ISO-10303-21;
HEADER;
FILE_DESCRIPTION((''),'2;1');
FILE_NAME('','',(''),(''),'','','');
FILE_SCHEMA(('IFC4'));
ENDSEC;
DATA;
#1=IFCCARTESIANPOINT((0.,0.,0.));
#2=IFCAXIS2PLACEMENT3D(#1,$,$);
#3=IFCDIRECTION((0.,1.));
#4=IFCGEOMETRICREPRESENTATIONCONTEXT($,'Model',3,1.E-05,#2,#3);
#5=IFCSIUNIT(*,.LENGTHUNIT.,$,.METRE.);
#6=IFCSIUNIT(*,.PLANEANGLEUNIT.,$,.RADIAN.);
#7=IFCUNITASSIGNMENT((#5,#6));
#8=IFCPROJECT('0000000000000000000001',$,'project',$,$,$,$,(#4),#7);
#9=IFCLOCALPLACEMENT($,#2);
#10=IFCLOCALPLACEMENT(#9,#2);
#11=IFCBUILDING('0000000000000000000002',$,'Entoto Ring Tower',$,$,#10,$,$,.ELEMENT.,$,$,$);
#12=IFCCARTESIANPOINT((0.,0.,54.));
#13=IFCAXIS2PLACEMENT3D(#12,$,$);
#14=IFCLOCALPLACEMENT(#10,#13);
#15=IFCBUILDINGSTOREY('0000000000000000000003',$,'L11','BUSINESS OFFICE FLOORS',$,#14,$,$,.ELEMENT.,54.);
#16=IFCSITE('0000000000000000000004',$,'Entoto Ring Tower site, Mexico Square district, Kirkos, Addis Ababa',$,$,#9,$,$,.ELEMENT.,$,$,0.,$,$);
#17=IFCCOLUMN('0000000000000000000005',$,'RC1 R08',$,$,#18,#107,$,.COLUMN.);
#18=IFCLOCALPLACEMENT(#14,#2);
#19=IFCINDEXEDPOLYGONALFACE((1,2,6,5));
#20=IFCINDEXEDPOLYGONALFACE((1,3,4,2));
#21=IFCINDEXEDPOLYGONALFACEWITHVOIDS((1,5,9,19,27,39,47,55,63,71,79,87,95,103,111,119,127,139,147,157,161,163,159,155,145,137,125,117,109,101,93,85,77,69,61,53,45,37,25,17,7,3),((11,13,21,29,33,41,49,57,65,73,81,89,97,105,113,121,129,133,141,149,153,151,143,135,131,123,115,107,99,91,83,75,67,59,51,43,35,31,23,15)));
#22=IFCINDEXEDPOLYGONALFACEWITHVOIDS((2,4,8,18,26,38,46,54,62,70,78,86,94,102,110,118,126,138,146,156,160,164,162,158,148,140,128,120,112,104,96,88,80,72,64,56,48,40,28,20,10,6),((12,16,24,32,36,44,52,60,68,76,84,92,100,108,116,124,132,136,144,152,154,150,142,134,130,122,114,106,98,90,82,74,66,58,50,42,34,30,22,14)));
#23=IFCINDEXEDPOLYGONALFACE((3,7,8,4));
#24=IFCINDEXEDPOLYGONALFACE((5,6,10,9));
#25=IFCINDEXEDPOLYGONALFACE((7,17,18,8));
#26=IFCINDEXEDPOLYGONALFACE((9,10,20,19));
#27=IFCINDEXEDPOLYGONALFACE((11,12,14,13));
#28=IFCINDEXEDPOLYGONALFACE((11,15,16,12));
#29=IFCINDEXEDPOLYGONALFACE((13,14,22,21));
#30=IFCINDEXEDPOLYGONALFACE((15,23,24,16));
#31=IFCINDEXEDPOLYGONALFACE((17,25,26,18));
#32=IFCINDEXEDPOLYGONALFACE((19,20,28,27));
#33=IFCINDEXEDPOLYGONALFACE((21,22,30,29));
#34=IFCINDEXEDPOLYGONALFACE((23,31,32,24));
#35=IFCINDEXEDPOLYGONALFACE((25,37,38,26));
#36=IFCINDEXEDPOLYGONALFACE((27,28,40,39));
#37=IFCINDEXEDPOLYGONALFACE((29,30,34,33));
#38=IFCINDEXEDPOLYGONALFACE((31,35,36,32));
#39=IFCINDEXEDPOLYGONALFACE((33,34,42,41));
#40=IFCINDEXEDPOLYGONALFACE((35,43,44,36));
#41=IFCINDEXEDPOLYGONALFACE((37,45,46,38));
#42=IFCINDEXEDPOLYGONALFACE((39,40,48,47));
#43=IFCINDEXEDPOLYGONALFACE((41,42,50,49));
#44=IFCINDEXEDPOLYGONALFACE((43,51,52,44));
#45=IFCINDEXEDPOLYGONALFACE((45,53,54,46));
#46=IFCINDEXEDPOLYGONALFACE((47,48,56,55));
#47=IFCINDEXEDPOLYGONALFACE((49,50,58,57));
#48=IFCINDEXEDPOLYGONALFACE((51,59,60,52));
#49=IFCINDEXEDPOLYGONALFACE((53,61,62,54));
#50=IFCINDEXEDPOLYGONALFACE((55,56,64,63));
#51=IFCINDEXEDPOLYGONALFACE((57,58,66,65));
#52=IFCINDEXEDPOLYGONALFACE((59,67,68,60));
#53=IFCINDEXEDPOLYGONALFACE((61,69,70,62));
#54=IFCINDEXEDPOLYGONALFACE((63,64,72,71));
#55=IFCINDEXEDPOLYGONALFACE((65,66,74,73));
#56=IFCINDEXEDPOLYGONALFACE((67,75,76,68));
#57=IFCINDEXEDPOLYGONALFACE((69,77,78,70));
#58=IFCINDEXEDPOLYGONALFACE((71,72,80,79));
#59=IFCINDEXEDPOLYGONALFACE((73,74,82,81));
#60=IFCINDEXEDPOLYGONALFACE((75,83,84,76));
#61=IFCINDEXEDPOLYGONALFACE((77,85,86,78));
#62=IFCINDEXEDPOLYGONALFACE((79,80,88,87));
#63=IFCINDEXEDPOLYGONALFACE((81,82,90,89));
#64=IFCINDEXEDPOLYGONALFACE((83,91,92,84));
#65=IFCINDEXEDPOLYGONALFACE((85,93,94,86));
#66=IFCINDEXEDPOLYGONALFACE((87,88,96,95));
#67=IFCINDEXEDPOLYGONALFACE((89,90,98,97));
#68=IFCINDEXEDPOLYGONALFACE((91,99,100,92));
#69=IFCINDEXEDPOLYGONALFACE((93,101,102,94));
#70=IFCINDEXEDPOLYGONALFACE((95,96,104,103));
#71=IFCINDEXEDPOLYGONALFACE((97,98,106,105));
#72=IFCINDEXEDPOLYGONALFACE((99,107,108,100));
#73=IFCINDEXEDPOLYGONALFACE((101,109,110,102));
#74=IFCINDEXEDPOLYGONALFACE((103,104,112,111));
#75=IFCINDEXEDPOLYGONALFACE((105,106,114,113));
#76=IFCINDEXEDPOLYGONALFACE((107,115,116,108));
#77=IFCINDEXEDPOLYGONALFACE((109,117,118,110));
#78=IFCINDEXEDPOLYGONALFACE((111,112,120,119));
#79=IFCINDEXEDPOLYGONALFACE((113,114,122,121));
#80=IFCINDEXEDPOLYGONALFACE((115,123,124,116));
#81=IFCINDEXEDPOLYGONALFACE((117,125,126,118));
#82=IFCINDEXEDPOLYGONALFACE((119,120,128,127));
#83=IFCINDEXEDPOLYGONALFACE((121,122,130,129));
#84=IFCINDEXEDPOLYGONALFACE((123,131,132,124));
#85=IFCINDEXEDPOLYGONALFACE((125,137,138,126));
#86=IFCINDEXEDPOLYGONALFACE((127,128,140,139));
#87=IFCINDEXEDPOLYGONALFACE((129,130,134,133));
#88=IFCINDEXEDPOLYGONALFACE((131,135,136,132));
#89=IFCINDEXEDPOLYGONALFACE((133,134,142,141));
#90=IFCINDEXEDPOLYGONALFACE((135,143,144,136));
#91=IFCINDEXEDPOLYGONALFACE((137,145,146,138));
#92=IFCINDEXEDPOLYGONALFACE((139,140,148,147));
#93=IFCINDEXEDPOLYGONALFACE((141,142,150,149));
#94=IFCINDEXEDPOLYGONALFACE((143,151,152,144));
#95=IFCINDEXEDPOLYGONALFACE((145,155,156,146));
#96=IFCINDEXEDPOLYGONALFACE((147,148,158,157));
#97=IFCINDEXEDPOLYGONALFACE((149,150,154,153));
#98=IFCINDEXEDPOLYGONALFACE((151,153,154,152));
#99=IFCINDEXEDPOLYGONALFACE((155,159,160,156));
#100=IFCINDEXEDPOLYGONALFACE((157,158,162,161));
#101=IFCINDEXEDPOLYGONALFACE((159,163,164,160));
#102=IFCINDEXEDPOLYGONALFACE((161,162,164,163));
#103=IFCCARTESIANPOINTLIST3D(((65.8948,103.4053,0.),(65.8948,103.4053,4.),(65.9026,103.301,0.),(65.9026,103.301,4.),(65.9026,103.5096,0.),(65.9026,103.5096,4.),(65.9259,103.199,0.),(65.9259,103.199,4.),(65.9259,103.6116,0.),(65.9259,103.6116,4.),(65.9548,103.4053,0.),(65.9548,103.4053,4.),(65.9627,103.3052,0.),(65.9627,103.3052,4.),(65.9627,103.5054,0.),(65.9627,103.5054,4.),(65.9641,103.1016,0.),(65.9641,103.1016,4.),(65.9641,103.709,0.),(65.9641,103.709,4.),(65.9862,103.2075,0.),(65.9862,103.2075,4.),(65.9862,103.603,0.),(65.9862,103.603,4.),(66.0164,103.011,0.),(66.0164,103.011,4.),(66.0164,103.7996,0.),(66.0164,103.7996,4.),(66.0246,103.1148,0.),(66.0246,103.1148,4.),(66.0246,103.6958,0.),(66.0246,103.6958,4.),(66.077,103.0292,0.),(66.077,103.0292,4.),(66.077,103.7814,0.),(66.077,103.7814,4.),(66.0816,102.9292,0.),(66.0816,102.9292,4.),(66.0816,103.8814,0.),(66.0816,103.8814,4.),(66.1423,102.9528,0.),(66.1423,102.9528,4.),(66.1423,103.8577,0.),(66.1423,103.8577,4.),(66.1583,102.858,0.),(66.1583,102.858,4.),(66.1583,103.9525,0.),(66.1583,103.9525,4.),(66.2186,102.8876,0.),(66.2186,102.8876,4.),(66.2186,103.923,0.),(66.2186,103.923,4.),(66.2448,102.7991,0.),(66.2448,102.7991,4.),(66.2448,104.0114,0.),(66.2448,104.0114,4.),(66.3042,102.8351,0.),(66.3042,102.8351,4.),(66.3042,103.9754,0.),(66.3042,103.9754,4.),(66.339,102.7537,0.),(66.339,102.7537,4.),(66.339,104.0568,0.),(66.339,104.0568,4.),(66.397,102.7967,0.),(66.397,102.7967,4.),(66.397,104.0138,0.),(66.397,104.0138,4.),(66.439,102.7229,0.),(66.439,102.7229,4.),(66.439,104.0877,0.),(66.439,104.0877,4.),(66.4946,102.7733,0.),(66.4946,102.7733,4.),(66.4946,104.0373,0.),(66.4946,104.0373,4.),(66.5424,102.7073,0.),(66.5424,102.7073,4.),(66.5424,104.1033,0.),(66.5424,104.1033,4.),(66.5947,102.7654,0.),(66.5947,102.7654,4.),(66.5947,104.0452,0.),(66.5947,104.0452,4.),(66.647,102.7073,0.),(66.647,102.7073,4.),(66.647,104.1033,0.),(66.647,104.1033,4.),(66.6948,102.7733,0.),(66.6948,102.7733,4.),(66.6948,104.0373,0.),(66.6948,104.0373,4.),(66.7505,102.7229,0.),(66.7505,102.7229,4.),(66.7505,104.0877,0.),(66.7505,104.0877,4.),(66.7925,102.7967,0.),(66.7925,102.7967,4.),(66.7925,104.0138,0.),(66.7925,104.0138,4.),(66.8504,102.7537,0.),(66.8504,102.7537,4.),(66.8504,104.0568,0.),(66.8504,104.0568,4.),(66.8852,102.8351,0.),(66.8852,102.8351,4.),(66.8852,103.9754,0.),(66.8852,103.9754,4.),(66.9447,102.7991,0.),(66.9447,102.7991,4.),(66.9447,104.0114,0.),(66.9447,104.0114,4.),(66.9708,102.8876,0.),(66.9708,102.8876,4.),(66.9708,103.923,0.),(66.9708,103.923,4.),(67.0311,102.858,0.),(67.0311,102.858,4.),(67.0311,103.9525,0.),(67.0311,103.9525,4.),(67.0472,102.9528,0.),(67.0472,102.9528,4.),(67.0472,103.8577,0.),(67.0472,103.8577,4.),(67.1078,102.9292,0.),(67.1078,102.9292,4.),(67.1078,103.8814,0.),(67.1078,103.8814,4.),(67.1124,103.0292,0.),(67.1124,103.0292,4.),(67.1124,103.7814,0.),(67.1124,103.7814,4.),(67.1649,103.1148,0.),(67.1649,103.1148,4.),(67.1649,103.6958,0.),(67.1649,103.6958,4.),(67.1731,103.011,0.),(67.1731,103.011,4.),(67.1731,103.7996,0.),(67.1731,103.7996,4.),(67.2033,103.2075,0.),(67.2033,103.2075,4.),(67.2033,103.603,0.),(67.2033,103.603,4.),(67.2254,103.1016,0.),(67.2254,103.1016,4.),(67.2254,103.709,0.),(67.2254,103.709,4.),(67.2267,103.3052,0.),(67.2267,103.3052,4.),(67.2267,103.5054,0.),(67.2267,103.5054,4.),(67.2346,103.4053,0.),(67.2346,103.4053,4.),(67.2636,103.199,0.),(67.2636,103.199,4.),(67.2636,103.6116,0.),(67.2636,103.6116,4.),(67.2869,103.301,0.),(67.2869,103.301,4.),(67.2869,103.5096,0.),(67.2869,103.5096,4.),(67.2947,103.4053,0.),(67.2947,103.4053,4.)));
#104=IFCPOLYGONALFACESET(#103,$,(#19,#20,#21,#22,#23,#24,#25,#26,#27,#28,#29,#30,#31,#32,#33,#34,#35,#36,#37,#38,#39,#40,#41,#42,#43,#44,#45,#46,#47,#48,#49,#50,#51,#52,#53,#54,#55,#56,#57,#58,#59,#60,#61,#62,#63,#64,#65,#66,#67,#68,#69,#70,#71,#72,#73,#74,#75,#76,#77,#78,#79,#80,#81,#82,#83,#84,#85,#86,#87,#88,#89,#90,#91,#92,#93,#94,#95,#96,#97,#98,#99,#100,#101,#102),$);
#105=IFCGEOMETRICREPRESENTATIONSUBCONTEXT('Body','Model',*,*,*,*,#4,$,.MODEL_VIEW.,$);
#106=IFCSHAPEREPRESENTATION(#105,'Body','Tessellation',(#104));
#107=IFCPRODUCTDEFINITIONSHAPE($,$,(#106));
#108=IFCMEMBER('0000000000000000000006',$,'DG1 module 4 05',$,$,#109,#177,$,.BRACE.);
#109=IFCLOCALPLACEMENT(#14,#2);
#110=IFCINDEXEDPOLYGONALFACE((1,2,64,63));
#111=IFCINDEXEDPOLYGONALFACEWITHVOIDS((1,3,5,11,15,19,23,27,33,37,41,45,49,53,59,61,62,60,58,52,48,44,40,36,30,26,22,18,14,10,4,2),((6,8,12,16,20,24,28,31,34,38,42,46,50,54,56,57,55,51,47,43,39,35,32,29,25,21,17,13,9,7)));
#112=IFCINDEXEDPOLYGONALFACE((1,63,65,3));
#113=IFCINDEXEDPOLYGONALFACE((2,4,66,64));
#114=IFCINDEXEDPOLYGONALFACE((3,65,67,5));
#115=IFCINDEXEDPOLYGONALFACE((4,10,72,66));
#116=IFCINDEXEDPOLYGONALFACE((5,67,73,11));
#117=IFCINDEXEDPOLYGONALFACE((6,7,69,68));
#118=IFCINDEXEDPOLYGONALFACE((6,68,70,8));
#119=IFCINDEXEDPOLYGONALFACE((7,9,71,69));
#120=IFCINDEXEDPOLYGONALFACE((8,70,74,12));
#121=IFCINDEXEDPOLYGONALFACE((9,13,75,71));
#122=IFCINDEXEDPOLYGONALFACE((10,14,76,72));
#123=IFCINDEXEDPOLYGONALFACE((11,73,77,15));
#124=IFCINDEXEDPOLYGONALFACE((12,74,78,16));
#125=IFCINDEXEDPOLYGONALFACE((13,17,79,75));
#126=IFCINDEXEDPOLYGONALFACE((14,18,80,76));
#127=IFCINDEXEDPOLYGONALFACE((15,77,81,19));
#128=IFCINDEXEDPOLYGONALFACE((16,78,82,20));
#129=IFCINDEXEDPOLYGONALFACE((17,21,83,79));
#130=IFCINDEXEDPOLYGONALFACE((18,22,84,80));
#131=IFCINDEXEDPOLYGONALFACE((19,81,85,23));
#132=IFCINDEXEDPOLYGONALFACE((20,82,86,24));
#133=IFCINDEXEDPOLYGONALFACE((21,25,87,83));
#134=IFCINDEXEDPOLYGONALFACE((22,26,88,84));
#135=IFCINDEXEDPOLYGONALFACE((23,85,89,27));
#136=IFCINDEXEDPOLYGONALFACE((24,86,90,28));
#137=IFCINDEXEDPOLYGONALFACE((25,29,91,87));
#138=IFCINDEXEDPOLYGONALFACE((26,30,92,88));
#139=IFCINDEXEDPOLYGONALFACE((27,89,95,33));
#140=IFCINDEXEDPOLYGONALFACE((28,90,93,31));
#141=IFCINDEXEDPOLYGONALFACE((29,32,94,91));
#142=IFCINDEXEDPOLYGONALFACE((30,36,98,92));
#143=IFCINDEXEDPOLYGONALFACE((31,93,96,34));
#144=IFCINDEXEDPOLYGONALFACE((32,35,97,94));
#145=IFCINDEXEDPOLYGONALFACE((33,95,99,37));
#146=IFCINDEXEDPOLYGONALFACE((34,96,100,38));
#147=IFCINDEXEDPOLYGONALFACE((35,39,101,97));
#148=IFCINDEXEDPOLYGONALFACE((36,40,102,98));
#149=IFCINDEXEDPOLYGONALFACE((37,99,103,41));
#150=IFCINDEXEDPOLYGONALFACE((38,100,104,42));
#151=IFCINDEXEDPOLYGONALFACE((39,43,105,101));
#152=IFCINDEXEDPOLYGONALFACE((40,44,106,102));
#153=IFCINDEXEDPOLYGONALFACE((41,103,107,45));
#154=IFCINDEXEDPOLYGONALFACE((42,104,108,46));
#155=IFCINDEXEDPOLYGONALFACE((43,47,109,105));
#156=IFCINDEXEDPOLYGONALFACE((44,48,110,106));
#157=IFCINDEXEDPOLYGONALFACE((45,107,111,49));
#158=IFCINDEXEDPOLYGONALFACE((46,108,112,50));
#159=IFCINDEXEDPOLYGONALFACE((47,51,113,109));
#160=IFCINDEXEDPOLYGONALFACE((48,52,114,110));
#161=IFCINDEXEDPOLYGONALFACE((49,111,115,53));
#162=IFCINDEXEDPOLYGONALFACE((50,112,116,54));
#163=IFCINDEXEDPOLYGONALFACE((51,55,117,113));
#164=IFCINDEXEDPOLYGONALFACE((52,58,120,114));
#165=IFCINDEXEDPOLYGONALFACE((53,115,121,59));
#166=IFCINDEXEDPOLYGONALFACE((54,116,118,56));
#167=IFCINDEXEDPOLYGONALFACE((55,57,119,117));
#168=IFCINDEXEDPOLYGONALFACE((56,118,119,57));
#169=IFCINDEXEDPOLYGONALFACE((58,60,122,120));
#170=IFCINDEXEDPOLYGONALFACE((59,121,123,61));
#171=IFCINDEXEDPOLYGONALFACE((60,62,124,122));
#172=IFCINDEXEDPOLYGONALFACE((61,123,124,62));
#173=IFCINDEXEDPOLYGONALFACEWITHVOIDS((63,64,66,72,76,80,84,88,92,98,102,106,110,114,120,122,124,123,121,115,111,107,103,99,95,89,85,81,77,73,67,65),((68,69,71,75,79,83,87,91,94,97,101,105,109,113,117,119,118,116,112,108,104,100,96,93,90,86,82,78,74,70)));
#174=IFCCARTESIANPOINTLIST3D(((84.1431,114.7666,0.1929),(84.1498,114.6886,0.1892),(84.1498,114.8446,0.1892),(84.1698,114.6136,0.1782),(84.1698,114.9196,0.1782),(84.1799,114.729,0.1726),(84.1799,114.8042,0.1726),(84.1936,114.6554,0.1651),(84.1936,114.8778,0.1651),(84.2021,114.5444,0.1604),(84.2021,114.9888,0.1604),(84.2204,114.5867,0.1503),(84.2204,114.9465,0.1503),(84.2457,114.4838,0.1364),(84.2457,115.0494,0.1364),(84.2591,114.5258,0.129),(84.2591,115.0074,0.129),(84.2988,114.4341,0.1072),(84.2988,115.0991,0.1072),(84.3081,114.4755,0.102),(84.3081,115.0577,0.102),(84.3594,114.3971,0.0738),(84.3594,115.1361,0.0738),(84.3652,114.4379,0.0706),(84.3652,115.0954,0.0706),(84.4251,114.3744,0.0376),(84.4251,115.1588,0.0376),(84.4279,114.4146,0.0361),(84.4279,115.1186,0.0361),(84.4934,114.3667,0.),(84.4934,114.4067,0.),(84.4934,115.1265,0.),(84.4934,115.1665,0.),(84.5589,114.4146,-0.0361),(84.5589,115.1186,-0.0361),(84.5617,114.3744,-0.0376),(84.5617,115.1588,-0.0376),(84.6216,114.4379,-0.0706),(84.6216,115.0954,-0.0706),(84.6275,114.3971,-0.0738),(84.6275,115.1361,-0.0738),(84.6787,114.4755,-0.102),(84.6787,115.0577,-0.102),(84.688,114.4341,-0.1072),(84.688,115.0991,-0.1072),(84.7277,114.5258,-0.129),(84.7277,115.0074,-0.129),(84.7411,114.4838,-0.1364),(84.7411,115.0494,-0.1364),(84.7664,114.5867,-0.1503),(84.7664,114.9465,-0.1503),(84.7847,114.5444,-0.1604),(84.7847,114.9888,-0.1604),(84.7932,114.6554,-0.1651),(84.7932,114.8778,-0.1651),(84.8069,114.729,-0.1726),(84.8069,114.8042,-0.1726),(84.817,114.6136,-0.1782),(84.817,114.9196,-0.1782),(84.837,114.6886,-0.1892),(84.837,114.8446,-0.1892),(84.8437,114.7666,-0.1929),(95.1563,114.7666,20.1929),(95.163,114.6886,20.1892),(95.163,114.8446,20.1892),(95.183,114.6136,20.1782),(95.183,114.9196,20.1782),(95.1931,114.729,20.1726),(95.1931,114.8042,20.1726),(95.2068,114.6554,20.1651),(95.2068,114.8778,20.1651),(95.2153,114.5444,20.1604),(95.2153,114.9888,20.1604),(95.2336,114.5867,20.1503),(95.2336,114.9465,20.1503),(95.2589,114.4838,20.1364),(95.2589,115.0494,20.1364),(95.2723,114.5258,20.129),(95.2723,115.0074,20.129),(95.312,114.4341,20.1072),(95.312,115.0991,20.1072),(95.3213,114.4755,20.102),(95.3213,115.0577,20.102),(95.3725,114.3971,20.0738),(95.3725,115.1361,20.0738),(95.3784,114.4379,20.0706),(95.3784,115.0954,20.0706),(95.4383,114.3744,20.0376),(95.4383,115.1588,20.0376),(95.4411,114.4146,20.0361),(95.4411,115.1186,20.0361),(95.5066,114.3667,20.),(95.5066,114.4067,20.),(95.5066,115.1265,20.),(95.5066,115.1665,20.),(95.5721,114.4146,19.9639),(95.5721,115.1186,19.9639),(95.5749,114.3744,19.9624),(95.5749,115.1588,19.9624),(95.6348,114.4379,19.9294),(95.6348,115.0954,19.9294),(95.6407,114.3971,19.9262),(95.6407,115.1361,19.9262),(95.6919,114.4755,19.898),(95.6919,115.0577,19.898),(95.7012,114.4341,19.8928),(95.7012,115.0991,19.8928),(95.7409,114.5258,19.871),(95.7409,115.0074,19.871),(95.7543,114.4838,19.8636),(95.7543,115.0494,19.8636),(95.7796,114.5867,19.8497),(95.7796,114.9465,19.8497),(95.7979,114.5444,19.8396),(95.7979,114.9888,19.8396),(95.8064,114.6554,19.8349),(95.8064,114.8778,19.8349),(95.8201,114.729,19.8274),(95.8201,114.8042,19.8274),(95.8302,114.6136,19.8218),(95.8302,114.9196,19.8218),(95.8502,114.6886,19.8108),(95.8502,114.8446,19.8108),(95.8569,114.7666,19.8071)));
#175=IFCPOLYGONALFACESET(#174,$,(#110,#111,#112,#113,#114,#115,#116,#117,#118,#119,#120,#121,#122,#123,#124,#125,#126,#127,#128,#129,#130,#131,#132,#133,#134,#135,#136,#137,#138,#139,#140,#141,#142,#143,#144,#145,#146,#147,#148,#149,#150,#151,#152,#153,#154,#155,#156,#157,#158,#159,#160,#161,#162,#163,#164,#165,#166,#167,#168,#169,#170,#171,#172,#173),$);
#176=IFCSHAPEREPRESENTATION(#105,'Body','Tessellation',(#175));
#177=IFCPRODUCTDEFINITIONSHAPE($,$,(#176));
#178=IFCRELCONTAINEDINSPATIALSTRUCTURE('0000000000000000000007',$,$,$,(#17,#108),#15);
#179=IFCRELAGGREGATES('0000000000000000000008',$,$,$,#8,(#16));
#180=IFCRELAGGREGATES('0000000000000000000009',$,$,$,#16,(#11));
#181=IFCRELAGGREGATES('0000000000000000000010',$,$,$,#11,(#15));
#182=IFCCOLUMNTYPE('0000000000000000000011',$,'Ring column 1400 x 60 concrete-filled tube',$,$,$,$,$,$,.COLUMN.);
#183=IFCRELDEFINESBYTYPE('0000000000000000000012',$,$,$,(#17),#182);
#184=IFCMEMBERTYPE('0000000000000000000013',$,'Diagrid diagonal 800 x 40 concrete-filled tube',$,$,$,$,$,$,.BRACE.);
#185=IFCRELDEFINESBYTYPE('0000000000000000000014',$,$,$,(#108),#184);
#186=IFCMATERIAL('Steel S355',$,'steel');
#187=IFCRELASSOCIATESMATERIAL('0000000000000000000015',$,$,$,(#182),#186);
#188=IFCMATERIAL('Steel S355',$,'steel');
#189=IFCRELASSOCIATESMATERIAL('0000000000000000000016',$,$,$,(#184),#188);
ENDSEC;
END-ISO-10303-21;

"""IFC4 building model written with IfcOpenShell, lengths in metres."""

from ifc_helpers import new_model, si_unit, direction, frame, origin, origin_2d, place, context, subcontext, project, spatial, circle, hollow_circle, extrude, material, material_profile, profile_set, type_object, element, save


model = new_model("IFC4")

# Units and contexts
model_context = context("Model", 3, precision=1e-05, world=origin(), true_north=direction((0.0, 1.0)))
body_context = subcontext(model_context, "Body", "Model", "MODEL_VIEW")
ifc_project = project(units=[si_unit("LENGTHUNIT", "METRE"), si_unit("PLANEANGLEUNIT", "RADIAN")], contexts=[model_context])

# Site, building, storey
site_placement = place(None, origin())
site = spatial("IfcSite", under=ifc_project, at=site_placement, Name="Entoto Ring Tower site, Mexico Square district, Kirkos, Addis Ababa", CompositionType="ELEMENT", RefElevation=0.0)
building_placement = place(site_placement, origin())
building = spatial("IfcBuilding", under=site, at=building_placement, Name="Entoto Ring Tower", CompositionType="ELEMENT")
storey_placement = place(building_placement, frame((0.0, 0.0, 54.0)))
storey = spatial("IfcBuildingStorey", under=building, at=storey_placement, Name="L11", Description="BUSINESS OFFICE FLOORS", CompositionType="ELEMENT", Elevation=54.0)

# Column
ifc_material_1 = material(Name="Steel S355", Category="steel")
ifc_material_profile_1 = material_profile(ifc_material_1, hollow_circle(Radius=0.7, WallThickness=0.0601, at=origin_2d()), Name="CHS 1400 x 60")
ifc_material_2 = material(Name="Concrete C60/75", Category="concrete")
ifc_material_profile_2 = material_profile(ifc_material_2, circle(Radius=0.6399, at=origin_2d()), Name="Concrete C60/75 infill")
ifc_profile_set_1 = profile_set([ifc_material_profile_1, ifc_material_profile_2], Name="Steel S355")
column_type = type_object("IfcColumnType", Name="Ring column 1400 x 60 concrete-filled tube", PredefinedType="COLUMN", material=ifc_profile_set_1)
for number, where, z_axis, x_axis, name in (
    (1, (66.5947, 103.4053, 0.0), (0.0, 0.0, 1.0), (1.0, 0.0, 0.0), "RC1 R08"),
):
    element("IfcColumn", number, at=place(storey_placement, frame(where, z_axis=z_axis, x_axis=x_axis)), inside=storey, type_object=column_type, Name=name, PredefinedType="COLUMN", context=body_context, shape_type="SweptSolid", body=[
        extrude(hollow_circle(Radius=0.7, WallThickness=0.0601, at=origin_2d()), origin(), (0.0, 0.0, 1.0), 4.0),
    ])

# Member
ifc_material_3 = material(Name="Steel S355", Category="steel")
ifc_material_profile_3 = material_profile(ifc_material_3, hollow_circle(Radius=0.3999, WallThickness=0.04, at=origin_2d()), Name="CHS 800 x 40")
ifc_material_4 = material(Name="Concrete C60/75", Category="concrete")
ifc_material_profile_4 = material_profile(ifc_material_4, circle(Radius=0.3601, at=origin_2d()), Name="Concrete C60/75 infill")
ifc_profile_set_2 = profile_set([ifc_material_profile_3, ifc_material_profile_4], Name="Steel S355")
member_type_1 = type_object("IfcMemberType", Name="Diagrid diagonal 800 x 40 concrete-filled tube", PredefinedType="BRACE", material=ifc_profile_set_2)
member_1_placement = place(storey_placement, frame((84.4934, 114.7666, 0.0), z_axis=(0.482362, 0.0, 0.875972), x_axis=(0.0, 1.0, 0.0)))
element("IfcMember", 2, at=member_1_placement, inside=storey, type_object=member_type_1, Name="DG1 module 4 05", PredefinedType="BRACE", context=body_context, shape_type="SweptSolid", body=[
    extrude(hollow_circle(Radius=0.3999, WallThickness=0.04, at=origin_2d()), origin(), (0.0, 0.0, 1.0), 22.8318),
])

save(model, "model.ifc")
